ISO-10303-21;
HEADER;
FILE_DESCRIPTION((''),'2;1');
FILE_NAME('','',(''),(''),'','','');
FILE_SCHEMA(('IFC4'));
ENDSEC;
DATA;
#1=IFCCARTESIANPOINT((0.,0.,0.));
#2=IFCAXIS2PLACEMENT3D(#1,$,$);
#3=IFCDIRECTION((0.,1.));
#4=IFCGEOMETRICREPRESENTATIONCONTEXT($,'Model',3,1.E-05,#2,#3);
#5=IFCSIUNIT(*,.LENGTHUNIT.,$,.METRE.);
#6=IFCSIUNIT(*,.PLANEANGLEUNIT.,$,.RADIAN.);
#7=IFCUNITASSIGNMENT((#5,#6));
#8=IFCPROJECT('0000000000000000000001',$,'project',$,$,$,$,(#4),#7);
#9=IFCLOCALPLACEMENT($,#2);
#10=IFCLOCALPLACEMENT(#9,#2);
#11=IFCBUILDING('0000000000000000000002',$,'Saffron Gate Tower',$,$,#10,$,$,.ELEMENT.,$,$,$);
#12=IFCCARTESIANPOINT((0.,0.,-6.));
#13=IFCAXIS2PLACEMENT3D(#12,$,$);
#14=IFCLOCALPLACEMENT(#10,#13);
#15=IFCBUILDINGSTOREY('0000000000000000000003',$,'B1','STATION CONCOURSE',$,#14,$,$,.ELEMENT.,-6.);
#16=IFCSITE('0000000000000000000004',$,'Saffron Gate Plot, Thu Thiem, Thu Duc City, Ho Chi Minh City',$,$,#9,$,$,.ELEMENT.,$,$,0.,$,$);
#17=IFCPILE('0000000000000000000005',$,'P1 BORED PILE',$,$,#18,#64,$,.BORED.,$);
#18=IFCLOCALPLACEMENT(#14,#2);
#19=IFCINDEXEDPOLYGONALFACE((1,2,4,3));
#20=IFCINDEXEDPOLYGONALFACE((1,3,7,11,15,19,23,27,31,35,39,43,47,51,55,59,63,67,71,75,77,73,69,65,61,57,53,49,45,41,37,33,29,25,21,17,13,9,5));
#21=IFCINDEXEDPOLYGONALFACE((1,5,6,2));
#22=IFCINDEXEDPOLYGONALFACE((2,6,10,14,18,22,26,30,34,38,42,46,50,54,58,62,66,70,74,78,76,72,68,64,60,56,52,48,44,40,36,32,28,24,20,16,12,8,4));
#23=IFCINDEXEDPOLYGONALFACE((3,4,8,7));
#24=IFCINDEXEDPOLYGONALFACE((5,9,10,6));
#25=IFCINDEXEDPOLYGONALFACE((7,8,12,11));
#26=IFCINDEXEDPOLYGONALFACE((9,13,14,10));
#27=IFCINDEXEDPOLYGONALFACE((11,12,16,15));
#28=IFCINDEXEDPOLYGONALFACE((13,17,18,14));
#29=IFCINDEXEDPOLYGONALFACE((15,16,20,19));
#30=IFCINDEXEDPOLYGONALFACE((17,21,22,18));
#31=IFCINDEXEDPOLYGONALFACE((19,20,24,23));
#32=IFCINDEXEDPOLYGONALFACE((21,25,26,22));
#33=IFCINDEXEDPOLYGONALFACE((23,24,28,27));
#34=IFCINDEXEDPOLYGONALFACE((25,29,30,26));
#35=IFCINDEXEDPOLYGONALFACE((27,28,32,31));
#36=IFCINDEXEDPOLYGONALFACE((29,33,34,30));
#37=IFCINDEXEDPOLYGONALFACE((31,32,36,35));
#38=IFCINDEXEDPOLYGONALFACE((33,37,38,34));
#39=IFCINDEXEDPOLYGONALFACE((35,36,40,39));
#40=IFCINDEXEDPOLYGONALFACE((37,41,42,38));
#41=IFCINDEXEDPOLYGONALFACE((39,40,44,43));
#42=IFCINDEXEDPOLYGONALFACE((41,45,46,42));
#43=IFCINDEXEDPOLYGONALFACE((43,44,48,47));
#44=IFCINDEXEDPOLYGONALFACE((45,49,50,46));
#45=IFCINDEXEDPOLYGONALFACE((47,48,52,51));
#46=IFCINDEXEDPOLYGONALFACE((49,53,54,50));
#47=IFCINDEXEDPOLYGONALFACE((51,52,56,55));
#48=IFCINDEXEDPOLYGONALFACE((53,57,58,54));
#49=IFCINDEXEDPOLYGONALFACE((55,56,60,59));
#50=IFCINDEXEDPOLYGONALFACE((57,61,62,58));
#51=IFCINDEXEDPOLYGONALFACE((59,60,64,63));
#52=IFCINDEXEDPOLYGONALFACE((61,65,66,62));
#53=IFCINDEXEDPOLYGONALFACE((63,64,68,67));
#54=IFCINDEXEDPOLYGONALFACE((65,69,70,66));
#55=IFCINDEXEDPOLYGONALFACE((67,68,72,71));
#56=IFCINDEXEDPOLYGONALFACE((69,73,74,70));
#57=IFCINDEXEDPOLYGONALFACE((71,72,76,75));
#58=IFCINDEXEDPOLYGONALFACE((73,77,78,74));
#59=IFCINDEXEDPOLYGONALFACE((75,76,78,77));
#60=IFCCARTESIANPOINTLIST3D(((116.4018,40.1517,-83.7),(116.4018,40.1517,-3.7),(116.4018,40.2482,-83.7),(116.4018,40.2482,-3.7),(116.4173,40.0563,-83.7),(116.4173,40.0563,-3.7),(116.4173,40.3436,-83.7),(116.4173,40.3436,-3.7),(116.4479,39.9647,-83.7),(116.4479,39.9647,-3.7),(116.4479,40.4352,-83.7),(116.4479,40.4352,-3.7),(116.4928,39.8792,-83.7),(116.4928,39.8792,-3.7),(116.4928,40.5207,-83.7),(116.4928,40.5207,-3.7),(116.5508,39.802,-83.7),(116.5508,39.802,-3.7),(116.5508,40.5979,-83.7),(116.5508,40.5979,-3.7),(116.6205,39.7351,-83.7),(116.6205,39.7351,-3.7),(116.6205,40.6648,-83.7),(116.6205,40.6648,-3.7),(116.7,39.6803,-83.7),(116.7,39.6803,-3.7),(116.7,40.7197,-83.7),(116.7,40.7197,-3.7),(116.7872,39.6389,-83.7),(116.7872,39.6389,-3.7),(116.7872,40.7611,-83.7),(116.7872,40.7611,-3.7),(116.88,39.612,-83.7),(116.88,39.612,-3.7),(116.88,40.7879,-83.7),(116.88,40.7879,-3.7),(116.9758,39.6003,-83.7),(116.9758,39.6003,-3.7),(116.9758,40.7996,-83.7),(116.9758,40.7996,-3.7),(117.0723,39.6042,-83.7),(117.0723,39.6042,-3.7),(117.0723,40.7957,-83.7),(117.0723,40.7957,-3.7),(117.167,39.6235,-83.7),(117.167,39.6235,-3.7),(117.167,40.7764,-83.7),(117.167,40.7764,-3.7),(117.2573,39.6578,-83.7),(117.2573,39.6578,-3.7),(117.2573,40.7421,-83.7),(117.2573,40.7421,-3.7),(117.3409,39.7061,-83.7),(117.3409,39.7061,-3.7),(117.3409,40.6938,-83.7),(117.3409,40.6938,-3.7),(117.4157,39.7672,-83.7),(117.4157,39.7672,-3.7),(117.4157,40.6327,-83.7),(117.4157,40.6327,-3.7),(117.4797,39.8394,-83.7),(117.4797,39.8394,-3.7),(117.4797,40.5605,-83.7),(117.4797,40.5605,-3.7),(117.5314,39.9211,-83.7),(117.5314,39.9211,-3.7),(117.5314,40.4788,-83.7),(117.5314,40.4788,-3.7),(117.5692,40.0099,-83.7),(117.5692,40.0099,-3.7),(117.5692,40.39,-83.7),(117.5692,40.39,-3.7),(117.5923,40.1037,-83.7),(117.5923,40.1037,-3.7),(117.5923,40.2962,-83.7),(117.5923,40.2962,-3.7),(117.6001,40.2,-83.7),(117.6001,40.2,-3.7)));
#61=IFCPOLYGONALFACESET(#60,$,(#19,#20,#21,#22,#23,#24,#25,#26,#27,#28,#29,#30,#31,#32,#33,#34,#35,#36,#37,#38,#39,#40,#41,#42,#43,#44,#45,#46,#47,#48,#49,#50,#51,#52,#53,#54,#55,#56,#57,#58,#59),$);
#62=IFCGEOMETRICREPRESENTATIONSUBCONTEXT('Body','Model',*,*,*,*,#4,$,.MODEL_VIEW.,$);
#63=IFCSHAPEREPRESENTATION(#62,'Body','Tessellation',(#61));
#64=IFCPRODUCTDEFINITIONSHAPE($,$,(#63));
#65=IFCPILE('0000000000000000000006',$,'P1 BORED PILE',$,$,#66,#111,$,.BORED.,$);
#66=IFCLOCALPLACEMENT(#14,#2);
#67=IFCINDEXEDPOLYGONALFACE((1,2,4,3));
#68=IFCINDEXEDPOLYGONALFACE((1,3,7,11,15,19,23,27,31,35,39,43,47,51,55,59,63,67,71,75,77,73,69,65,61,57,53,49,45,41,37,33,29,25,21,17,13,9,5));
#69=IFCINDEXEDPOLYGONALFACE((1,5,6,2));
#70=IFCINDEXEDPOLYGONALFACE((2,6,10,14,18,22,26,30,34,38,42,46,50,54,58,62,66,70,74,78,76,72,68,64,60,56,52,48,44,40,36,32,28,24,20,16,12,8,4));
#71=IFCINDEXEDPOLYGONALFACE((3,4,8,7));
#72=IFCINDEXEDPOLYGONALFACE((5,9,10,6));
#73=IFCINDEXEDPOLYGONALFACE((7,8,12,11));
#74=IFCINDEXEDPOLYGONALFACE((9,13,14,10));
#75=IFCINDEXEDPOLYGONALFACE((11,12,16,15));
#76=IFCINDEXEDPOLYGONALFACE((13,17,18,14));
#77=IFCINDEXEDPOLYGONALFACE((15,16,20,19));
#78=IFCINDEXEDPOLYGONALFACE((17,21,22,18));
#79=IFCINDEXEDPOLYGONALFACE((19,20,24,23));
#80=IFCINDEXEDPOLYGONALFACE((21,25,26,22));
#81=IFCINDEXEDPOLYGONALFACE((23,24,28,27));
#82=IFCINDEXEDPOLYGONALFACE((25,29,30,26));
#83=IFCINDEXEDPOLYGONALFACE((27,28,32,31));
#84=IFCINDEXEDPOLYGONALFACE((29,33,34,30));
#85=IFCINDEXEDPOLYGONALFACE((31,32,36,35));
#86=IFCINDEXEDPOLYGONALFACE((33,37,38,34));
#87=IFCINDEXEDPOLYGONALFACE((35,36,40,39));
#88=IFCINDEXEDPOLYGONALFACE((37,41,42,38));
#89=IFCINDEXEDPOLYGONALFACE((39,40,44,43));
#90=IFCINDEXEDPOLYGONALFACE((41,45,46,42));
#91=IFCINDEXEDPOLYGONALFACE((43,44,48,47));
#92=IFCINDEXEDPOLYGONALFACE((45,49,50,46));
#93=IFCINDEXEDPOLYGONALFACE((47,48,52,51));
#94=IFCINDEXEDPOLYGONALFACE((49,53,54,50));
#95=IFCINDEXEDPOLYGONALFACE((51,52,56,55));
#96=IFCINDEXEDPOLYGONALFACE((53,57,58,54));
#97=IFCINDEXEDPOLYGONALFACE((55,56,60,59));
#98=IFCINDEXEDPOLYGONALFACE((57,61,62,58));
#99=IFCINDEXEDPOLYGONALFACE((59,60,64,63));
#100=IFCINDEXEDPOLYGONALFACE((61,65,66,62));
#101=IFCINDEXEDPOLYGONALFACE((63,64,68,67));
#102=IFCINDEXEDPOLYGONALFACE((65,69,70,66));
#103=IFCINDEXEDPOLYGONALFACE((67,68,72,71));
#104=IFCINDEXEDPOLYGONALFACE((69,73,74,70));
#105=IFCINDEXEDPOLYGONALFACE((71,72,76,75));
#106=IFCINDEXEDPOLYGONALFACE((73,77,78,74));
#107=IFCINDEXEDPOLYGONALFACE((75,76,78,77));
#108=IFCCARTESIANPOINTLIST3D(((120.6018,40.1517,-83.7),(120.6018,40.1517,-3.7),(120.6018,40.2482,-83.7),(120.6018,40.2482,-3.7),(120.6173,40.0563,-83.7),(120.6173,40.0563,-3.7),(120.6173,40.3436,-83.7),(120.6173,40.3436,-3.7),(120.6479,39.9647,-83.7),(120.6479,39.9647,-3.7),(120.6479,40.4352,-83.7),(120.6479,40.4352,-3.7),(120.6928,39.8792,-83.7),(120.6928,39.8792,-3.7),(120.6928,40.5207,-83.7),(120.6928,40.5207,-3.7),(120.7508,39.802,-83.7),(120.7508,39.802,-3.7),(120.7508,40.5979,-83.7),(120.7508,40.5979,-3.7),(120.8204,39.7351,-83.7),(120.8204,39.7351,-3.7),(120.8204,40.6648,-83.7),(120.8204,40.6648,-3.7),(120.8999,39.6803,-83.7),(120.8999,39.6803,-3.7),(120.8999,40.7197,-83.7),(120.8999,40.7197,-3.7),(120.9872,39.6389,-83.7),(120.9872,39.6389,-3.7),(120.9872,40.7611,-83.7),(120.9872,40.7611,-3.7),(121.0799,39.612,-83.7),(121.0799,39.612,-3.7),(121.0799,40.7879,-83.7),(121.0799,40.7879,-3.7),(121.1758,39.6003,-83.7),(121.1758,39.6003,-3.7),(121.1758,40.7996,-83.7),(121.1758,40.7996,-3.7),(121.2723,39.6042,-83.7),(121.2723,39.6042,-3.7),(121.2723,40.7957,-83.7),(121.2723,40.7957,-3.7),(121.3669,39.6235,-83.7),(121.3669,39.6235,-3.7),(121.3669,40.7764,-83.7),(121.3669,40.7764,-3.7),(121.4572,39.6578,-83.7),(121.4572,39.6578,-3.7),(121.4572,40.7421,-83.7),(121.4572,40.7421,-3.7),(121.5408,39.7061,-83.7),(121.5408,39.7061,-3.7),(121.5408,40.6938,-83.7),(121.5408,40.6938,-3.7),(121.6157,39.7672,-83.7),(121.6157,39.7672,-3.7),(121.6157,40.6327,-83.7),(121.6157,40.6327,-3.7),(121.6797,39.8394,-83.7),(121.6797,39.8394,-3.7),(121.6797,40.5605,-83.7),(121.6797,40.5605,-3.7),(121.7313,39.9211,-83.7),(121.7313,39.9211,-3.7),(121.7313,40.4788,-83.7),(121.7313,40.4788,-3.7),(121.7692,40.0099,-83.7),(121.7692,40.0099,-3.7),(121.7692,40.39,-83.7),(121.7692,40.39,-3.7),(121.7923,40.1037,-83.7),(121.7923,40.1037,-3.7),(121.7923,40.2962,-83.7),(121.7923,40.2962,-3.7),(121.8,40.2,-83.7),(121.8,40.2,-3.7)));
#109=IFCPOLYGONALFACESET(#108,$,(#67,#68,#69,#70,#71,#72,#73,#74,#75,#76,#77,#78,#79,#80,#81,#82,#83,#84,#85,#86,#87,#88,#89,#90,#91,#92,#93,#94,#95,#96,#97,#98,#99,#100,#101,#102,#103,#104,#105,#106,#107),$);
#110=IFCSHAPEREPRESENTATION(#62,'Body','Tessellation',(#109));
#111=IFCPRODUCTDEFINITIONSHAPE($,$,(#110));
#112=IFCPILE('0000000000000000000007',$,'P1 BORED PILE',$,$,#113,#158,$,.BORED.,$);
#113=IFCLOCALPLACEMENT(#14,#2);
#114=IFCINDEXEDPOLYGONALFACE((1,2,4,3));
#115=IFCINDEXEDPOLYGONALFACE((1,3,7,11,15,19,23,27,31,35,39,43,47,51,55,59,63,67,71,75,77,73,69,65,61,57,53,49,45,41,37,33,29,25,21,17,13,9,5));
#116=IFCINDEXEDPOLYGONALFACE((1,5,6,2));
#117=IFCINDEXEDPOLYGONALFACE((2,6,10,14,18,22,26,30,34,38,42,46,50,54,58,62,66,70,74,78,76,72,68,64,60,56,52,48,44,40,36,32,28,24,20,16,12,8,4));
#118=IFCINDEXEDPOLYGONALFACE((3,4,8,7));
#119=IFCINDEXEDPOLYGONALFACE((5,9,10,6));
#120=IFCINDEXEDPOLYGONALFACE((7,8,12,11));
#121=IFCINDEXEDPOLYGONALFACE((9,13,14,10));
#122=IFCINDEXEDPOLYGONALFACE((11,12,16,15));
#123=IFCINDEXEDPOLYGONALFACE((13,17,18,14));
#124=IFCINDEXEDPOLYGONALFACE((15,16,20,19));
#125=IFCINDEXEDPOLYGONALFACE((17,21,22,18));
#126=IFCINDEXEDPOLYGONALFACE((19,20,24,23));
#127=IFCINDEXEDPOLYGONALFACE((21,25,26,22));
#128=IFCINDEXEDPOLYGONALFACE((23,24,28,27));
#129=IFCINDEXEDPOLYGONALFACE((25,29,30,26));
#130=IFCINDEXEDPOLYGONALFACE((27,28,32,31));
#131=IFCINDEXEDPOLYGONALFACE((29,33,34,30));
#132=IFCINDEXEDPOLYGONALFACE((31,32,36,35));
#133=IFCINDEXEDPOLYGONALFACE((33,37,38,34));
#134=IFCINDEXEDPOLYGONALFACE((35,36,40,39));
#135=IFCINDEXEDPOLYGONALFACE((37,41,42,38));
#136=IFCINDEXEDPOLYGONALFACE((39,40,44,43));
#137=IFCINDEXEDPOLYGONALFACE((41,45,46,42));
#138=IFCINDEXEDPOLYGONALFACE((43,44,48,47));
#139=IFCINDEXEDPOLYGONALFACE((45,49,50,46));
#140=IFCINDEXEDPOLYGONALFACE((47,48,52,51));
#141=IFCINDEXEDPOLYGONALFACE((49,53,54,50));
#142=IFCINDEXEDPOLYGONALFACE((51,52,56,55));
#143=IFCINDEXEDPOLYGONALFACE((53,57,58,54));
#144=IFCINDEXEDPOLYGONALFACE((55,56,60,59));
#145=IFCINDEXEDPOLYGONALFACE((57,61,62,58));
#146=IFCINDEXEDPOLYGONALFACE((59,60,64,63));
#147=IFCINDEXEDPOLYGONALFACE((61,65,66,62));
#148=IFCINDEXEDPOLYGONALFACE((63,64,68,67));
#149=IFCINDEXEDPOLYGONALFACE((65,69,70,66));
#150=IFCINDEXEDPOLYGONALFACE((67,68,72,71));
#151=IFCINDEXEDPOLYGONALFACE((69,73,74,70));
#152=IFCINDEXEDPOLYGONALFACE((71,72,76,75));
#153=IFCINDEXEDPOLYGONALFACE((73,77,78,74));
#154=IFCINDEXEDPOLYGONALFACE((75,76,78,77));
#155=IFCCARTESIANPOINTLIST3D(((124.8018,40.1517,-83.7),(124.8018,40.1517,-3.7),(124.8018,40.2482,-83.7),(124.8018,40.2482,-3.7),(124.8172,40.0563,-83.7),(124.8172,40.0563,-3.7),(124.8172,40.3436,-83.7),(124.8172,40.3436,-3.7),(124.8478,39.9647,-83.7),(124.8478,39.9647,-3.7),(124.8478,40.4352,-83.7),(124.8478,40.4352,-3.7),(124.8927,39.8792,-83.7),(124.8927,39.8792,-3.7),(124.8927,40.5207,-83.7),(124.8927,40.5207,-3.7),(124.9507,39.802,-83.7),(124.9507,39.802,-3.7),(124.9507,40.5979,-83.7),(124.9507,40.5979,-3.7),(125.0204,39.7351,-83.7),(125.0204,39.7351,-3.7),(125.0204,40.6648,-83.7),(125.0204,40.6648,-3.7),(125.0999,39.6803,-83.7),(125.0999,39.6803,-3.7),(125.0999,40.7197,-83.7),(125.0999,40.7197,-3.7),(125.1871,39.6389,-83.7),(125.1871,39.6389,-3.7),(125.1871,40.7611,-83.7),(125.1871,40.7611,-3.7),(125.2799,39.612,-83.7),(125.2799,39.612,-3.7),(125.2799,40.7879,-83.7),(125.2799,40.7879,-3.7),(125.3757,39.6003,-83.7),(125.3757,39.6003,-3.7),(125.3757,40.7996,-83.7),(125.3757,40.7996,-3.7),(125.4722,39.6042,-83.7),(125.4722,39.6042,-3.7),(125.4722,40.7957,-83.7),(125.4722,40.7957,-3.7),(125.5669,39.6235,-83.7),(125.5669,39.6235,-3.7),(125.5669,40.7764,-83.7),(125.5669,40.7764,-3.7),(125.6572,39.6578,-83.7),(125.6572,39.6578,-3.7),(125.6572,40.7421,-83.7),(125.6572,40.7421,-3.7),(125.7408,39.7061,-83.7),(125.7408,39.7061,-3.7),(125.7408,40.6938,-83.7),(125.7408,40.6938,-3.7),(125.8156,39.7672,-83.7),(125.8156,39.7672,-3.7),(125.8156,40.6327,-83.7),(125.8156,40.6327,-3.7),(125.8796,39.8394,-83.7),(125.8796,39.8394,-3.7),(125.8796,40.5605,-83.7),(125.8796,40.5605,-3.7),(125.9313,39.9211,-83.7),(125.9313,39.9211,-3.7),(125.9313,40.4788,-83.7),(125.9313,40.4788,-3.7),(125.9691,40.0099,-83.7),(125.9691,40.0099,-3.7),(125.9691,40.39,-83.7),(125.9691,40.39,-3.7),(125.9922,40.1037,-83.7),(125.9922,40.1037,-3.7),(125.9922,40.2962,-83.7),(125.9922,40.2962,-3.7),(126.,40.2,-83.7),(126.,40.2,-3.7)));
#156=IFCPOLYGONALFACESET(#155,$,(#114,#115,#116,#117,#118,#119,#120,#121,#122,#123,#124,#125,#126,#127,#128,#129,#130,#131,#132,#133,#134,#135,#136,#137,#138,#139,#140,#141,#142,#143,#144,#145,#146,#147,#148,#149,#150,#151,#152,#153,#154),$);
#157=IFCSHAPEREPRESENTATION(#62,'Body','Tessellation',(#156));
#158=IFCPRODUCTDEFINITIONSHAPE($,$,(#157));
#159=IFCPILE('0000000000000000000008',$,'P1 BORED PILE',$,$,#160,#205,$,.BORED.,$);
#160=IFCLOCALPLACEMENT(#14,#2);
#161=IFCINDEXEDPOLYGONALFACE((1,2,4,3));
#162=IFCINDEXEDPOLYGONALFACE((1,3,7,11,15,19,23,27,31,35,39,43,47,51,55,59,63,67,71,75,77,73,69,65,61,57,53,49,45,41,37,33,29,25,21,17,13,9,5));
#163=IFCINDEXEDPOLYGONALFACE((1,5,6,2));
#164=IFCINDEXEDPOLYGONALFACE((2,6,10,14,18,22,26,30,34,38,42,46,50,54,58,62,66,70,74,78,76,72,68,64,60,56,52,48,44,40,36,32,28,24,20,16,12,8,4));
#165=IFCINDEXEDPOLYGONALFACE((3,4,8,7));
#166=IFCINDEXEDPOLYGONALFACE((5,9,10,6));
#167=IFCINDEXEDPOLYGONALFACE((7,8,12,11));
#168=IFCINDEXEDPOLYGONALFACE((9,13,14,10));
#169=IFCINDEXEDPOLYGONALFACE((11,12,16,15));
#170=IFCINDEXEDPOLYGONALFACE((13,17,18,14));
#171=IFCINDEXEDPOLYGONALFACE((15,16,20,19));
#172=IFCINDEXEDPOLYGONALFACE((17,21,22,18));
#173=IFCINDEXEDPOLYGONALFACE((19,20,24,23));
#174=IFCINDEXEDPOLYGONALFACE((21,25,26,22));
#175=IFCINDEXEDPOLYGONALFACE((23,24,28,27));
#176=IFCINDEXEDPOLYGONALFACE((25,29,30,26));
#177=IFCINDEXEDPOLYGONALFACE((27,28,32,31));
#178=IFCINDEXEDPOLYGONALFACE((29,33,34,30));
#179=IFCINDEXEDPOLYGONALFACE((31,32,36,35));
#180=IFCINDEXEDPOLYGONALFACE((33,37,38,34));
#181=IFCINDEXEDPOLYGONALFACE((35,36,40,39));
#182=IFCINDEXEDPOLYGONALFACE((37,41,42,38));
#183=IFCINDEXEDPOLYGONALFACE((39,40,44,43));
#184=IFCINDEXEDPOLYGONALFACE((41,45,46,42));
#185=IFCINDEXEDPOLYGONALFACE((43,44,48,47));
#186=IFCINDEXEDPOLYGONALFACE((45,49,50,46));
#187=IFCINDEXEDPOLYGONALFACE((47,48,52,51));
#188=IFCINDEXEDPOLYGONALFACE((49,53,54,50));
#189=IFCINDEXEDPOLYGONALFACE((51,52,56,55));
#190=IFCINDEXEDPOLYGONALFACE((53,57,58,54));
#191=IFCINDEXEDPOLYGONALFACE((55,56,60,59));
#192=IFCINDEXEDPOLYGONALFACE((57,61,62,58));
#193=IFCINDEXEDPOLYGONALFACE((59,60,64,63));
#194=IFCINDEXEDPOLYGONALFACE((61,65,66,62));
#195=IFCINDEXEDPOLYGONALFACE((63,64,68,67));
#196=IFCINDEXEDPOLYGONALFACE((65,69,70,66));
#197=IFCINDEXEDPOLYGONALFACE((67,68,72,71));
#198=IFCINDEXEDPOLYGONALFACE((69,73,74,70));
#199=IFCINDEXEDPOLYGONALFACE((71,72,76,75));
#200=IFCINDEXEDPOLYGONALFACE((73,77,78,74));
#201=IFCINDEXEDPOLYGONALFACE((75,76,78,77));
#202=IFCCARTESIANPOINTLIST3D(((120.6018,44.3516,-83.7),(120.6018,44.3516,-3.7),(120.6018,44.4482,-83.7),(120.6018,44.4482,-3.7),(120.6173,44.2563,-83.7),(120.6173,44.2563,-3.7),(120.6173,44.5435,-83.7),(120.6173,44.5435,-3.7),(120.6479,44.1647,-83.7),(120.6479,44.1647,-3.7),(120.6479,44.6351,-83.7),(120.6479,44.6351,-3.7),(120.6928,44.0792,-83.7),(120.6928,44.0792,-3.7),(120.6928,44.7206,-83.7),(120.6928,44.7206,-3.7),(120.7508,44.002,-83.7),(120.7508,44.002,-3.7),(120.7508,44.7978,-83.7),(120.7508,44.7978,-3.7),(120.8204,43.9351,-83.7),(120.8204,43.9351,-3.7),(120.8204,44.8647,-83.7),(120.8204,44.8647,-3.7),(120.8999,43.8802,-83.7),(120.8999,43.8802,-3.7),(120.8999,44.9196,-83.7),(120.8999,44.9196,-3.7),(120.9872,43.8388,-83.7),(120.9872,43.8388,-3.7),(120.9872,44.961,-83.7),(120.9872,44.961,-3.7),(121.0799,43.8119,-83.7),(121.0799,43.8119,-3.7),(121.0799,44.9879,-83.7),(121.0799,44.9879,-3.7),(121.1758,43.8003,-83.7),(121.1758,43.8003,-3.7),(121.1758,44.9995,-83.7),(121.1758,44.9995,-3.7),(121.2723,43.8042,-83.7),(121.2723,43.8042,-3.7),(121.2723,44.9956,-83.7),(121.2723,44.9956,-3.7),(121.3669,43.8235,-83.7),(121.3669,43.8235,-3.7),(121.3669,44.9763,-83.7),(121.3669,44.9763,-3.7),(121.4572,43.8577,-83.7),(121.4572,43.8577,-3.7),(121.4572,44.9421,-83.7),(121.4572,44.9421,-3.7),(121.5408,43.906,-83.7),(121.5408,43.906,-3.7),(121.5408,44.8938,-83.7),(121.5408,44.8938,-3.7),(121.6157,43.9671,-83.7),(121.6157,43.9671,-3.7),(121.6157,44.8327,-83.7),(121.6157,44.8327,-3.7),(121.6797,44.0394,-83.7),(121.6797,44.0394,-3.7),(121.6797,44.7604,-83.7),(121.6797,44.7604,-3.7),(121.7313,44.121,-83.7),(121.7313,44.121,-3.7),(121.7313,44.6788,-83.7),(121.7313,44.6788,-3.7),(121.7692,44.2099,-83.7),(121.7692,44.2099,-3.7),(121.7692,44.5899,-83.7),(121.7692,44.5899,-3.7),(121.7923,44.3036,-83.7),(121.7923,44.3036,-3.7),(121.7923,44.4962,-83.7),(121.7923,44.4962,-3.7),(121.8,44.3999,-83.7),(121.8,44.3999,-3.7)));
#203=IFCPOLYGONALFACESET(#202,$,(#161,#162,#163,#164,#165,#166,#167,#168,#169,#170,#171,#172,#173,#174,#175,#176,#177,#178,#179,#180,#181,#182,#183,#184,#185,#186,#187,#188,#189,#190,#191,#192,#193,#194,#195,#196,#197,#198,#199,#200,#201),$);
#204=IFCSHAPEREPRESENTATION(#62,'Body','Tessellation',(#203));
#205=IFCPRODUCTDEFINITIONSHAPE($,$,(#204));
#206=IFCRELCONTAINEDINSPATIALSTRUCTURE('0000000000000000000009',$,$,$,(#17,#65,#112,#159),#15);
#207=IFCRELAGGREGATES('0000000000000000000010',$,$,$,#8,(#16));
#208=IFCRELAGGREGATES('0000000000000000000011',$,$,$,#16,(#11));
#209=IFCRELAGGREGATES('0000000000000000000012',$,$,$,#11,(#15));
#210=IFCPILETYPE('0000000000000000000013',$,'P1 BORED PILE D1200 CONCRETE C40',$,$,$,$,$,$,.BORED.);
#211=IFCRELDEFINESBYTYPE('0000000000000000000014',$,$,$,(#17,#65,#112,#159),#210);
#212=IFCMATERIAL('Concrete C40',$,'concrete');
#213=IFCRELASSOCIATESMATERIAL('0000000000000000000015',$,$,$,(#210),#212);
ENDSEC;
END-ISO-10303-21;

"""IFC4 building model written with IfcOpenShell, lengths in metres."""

from ifc_helpers import new_model, si_unit, direction, frame, origin, origin_2d, place, context, subcontext, project, spatial, circle, extrude, material, material_profile, profile_set, type_object, element, save


model = new_model("IFC4")

# Units and contexts
model_context = context("Model", 3, precision=1e-05, world=origin(), true_north=direction((0.0, 1.0)))
body_context = subcontext(model_context, "Body", "Model", "MODEL_VIEW")
ifc_project = project(units=[si_unit("LENGTHUNIT", "METRE"), si_unit("PLANEANGLEUNIT", "RADIAN")], contexts=[model_context])

# Site, building, storey
site_placement = place(None, origin())
site = spatial("IfcSite", under=ifc_project, at=site_placement, Name="Saffron Gate Plot, Thu Thiem, Thu Duc City, Ho Chi Minh City", CompositionType="ELEMENT", RefElevation=0.0)
building_placement = place(site_placement, origin())
building = spatial("IfcBuilding", under=site, at=building_placement, Name="Saffron Gate Tower", CompositionType="ELEMENT")
storey_placement = place(building_placement, frame((0.0, 0.0, -6.0)))
storey = spatial("IfcBuildingStorey", under=building, at=storey_placement, Name="B1", Description="STATION CONCOURSE", CompositionType="ELEMENT", Elevation=-6.0)

# Piles
ifc_material_1 = material(Name="Concrete C40", Category="concrete")
ifc_material_profile_1 = material_profile(ifc_material_1, circle(Radius=0.6001, at=origin_2d()))
ifc_profile_set_1 = profile_set([ifc_material_profile_1], Name="Concrete C40")
pile_type_1 = type_object("IfcPileType", Name="P1 BORED PILE D1200 CONCRETE C40", PredefinedType="BORED", material=ifc_profile_set_1)
for number, where, z_axis, x_axis, name in (
    (1, (117.0, 40.2, -3.7), (0.0, 0.0, -1.0), (1.0, 0.0, 0.0), "P1 BORED PILE"),
    (2, (121.2, 40.2, -3.7), (0.0, 0.0, -1.0), (1.0, 0.0, 0.0), "P1 BORED PILE"),
    (3, (125.3999, 40.2, -3.7), (0.0, 0.0, -1.0), (1.0, 0.0, 0.0), "P1 BORED PILE"),
    (4, (121.2, 44.3999, -3.7), (0.0, 0.0, -1.0), (1.0, 0.0, 0.0), "P1 BORED PILE"),
):
    element("IfcPile", number, at=place(storey_placement, frame(where, z_axis=z_axis, x_axis=x_axis)), inside=storey, type_object=pile_type_1, Name=name, PredefinedType="BORED", context=body_context, shape_type="SweptSolid", body=[
        extrude(circle(Radius=0.6001, at=origin_2d()), origin(), (0.0, 0.0, 1.0), 80.0),
    ])

save(model, "model.ifc")
